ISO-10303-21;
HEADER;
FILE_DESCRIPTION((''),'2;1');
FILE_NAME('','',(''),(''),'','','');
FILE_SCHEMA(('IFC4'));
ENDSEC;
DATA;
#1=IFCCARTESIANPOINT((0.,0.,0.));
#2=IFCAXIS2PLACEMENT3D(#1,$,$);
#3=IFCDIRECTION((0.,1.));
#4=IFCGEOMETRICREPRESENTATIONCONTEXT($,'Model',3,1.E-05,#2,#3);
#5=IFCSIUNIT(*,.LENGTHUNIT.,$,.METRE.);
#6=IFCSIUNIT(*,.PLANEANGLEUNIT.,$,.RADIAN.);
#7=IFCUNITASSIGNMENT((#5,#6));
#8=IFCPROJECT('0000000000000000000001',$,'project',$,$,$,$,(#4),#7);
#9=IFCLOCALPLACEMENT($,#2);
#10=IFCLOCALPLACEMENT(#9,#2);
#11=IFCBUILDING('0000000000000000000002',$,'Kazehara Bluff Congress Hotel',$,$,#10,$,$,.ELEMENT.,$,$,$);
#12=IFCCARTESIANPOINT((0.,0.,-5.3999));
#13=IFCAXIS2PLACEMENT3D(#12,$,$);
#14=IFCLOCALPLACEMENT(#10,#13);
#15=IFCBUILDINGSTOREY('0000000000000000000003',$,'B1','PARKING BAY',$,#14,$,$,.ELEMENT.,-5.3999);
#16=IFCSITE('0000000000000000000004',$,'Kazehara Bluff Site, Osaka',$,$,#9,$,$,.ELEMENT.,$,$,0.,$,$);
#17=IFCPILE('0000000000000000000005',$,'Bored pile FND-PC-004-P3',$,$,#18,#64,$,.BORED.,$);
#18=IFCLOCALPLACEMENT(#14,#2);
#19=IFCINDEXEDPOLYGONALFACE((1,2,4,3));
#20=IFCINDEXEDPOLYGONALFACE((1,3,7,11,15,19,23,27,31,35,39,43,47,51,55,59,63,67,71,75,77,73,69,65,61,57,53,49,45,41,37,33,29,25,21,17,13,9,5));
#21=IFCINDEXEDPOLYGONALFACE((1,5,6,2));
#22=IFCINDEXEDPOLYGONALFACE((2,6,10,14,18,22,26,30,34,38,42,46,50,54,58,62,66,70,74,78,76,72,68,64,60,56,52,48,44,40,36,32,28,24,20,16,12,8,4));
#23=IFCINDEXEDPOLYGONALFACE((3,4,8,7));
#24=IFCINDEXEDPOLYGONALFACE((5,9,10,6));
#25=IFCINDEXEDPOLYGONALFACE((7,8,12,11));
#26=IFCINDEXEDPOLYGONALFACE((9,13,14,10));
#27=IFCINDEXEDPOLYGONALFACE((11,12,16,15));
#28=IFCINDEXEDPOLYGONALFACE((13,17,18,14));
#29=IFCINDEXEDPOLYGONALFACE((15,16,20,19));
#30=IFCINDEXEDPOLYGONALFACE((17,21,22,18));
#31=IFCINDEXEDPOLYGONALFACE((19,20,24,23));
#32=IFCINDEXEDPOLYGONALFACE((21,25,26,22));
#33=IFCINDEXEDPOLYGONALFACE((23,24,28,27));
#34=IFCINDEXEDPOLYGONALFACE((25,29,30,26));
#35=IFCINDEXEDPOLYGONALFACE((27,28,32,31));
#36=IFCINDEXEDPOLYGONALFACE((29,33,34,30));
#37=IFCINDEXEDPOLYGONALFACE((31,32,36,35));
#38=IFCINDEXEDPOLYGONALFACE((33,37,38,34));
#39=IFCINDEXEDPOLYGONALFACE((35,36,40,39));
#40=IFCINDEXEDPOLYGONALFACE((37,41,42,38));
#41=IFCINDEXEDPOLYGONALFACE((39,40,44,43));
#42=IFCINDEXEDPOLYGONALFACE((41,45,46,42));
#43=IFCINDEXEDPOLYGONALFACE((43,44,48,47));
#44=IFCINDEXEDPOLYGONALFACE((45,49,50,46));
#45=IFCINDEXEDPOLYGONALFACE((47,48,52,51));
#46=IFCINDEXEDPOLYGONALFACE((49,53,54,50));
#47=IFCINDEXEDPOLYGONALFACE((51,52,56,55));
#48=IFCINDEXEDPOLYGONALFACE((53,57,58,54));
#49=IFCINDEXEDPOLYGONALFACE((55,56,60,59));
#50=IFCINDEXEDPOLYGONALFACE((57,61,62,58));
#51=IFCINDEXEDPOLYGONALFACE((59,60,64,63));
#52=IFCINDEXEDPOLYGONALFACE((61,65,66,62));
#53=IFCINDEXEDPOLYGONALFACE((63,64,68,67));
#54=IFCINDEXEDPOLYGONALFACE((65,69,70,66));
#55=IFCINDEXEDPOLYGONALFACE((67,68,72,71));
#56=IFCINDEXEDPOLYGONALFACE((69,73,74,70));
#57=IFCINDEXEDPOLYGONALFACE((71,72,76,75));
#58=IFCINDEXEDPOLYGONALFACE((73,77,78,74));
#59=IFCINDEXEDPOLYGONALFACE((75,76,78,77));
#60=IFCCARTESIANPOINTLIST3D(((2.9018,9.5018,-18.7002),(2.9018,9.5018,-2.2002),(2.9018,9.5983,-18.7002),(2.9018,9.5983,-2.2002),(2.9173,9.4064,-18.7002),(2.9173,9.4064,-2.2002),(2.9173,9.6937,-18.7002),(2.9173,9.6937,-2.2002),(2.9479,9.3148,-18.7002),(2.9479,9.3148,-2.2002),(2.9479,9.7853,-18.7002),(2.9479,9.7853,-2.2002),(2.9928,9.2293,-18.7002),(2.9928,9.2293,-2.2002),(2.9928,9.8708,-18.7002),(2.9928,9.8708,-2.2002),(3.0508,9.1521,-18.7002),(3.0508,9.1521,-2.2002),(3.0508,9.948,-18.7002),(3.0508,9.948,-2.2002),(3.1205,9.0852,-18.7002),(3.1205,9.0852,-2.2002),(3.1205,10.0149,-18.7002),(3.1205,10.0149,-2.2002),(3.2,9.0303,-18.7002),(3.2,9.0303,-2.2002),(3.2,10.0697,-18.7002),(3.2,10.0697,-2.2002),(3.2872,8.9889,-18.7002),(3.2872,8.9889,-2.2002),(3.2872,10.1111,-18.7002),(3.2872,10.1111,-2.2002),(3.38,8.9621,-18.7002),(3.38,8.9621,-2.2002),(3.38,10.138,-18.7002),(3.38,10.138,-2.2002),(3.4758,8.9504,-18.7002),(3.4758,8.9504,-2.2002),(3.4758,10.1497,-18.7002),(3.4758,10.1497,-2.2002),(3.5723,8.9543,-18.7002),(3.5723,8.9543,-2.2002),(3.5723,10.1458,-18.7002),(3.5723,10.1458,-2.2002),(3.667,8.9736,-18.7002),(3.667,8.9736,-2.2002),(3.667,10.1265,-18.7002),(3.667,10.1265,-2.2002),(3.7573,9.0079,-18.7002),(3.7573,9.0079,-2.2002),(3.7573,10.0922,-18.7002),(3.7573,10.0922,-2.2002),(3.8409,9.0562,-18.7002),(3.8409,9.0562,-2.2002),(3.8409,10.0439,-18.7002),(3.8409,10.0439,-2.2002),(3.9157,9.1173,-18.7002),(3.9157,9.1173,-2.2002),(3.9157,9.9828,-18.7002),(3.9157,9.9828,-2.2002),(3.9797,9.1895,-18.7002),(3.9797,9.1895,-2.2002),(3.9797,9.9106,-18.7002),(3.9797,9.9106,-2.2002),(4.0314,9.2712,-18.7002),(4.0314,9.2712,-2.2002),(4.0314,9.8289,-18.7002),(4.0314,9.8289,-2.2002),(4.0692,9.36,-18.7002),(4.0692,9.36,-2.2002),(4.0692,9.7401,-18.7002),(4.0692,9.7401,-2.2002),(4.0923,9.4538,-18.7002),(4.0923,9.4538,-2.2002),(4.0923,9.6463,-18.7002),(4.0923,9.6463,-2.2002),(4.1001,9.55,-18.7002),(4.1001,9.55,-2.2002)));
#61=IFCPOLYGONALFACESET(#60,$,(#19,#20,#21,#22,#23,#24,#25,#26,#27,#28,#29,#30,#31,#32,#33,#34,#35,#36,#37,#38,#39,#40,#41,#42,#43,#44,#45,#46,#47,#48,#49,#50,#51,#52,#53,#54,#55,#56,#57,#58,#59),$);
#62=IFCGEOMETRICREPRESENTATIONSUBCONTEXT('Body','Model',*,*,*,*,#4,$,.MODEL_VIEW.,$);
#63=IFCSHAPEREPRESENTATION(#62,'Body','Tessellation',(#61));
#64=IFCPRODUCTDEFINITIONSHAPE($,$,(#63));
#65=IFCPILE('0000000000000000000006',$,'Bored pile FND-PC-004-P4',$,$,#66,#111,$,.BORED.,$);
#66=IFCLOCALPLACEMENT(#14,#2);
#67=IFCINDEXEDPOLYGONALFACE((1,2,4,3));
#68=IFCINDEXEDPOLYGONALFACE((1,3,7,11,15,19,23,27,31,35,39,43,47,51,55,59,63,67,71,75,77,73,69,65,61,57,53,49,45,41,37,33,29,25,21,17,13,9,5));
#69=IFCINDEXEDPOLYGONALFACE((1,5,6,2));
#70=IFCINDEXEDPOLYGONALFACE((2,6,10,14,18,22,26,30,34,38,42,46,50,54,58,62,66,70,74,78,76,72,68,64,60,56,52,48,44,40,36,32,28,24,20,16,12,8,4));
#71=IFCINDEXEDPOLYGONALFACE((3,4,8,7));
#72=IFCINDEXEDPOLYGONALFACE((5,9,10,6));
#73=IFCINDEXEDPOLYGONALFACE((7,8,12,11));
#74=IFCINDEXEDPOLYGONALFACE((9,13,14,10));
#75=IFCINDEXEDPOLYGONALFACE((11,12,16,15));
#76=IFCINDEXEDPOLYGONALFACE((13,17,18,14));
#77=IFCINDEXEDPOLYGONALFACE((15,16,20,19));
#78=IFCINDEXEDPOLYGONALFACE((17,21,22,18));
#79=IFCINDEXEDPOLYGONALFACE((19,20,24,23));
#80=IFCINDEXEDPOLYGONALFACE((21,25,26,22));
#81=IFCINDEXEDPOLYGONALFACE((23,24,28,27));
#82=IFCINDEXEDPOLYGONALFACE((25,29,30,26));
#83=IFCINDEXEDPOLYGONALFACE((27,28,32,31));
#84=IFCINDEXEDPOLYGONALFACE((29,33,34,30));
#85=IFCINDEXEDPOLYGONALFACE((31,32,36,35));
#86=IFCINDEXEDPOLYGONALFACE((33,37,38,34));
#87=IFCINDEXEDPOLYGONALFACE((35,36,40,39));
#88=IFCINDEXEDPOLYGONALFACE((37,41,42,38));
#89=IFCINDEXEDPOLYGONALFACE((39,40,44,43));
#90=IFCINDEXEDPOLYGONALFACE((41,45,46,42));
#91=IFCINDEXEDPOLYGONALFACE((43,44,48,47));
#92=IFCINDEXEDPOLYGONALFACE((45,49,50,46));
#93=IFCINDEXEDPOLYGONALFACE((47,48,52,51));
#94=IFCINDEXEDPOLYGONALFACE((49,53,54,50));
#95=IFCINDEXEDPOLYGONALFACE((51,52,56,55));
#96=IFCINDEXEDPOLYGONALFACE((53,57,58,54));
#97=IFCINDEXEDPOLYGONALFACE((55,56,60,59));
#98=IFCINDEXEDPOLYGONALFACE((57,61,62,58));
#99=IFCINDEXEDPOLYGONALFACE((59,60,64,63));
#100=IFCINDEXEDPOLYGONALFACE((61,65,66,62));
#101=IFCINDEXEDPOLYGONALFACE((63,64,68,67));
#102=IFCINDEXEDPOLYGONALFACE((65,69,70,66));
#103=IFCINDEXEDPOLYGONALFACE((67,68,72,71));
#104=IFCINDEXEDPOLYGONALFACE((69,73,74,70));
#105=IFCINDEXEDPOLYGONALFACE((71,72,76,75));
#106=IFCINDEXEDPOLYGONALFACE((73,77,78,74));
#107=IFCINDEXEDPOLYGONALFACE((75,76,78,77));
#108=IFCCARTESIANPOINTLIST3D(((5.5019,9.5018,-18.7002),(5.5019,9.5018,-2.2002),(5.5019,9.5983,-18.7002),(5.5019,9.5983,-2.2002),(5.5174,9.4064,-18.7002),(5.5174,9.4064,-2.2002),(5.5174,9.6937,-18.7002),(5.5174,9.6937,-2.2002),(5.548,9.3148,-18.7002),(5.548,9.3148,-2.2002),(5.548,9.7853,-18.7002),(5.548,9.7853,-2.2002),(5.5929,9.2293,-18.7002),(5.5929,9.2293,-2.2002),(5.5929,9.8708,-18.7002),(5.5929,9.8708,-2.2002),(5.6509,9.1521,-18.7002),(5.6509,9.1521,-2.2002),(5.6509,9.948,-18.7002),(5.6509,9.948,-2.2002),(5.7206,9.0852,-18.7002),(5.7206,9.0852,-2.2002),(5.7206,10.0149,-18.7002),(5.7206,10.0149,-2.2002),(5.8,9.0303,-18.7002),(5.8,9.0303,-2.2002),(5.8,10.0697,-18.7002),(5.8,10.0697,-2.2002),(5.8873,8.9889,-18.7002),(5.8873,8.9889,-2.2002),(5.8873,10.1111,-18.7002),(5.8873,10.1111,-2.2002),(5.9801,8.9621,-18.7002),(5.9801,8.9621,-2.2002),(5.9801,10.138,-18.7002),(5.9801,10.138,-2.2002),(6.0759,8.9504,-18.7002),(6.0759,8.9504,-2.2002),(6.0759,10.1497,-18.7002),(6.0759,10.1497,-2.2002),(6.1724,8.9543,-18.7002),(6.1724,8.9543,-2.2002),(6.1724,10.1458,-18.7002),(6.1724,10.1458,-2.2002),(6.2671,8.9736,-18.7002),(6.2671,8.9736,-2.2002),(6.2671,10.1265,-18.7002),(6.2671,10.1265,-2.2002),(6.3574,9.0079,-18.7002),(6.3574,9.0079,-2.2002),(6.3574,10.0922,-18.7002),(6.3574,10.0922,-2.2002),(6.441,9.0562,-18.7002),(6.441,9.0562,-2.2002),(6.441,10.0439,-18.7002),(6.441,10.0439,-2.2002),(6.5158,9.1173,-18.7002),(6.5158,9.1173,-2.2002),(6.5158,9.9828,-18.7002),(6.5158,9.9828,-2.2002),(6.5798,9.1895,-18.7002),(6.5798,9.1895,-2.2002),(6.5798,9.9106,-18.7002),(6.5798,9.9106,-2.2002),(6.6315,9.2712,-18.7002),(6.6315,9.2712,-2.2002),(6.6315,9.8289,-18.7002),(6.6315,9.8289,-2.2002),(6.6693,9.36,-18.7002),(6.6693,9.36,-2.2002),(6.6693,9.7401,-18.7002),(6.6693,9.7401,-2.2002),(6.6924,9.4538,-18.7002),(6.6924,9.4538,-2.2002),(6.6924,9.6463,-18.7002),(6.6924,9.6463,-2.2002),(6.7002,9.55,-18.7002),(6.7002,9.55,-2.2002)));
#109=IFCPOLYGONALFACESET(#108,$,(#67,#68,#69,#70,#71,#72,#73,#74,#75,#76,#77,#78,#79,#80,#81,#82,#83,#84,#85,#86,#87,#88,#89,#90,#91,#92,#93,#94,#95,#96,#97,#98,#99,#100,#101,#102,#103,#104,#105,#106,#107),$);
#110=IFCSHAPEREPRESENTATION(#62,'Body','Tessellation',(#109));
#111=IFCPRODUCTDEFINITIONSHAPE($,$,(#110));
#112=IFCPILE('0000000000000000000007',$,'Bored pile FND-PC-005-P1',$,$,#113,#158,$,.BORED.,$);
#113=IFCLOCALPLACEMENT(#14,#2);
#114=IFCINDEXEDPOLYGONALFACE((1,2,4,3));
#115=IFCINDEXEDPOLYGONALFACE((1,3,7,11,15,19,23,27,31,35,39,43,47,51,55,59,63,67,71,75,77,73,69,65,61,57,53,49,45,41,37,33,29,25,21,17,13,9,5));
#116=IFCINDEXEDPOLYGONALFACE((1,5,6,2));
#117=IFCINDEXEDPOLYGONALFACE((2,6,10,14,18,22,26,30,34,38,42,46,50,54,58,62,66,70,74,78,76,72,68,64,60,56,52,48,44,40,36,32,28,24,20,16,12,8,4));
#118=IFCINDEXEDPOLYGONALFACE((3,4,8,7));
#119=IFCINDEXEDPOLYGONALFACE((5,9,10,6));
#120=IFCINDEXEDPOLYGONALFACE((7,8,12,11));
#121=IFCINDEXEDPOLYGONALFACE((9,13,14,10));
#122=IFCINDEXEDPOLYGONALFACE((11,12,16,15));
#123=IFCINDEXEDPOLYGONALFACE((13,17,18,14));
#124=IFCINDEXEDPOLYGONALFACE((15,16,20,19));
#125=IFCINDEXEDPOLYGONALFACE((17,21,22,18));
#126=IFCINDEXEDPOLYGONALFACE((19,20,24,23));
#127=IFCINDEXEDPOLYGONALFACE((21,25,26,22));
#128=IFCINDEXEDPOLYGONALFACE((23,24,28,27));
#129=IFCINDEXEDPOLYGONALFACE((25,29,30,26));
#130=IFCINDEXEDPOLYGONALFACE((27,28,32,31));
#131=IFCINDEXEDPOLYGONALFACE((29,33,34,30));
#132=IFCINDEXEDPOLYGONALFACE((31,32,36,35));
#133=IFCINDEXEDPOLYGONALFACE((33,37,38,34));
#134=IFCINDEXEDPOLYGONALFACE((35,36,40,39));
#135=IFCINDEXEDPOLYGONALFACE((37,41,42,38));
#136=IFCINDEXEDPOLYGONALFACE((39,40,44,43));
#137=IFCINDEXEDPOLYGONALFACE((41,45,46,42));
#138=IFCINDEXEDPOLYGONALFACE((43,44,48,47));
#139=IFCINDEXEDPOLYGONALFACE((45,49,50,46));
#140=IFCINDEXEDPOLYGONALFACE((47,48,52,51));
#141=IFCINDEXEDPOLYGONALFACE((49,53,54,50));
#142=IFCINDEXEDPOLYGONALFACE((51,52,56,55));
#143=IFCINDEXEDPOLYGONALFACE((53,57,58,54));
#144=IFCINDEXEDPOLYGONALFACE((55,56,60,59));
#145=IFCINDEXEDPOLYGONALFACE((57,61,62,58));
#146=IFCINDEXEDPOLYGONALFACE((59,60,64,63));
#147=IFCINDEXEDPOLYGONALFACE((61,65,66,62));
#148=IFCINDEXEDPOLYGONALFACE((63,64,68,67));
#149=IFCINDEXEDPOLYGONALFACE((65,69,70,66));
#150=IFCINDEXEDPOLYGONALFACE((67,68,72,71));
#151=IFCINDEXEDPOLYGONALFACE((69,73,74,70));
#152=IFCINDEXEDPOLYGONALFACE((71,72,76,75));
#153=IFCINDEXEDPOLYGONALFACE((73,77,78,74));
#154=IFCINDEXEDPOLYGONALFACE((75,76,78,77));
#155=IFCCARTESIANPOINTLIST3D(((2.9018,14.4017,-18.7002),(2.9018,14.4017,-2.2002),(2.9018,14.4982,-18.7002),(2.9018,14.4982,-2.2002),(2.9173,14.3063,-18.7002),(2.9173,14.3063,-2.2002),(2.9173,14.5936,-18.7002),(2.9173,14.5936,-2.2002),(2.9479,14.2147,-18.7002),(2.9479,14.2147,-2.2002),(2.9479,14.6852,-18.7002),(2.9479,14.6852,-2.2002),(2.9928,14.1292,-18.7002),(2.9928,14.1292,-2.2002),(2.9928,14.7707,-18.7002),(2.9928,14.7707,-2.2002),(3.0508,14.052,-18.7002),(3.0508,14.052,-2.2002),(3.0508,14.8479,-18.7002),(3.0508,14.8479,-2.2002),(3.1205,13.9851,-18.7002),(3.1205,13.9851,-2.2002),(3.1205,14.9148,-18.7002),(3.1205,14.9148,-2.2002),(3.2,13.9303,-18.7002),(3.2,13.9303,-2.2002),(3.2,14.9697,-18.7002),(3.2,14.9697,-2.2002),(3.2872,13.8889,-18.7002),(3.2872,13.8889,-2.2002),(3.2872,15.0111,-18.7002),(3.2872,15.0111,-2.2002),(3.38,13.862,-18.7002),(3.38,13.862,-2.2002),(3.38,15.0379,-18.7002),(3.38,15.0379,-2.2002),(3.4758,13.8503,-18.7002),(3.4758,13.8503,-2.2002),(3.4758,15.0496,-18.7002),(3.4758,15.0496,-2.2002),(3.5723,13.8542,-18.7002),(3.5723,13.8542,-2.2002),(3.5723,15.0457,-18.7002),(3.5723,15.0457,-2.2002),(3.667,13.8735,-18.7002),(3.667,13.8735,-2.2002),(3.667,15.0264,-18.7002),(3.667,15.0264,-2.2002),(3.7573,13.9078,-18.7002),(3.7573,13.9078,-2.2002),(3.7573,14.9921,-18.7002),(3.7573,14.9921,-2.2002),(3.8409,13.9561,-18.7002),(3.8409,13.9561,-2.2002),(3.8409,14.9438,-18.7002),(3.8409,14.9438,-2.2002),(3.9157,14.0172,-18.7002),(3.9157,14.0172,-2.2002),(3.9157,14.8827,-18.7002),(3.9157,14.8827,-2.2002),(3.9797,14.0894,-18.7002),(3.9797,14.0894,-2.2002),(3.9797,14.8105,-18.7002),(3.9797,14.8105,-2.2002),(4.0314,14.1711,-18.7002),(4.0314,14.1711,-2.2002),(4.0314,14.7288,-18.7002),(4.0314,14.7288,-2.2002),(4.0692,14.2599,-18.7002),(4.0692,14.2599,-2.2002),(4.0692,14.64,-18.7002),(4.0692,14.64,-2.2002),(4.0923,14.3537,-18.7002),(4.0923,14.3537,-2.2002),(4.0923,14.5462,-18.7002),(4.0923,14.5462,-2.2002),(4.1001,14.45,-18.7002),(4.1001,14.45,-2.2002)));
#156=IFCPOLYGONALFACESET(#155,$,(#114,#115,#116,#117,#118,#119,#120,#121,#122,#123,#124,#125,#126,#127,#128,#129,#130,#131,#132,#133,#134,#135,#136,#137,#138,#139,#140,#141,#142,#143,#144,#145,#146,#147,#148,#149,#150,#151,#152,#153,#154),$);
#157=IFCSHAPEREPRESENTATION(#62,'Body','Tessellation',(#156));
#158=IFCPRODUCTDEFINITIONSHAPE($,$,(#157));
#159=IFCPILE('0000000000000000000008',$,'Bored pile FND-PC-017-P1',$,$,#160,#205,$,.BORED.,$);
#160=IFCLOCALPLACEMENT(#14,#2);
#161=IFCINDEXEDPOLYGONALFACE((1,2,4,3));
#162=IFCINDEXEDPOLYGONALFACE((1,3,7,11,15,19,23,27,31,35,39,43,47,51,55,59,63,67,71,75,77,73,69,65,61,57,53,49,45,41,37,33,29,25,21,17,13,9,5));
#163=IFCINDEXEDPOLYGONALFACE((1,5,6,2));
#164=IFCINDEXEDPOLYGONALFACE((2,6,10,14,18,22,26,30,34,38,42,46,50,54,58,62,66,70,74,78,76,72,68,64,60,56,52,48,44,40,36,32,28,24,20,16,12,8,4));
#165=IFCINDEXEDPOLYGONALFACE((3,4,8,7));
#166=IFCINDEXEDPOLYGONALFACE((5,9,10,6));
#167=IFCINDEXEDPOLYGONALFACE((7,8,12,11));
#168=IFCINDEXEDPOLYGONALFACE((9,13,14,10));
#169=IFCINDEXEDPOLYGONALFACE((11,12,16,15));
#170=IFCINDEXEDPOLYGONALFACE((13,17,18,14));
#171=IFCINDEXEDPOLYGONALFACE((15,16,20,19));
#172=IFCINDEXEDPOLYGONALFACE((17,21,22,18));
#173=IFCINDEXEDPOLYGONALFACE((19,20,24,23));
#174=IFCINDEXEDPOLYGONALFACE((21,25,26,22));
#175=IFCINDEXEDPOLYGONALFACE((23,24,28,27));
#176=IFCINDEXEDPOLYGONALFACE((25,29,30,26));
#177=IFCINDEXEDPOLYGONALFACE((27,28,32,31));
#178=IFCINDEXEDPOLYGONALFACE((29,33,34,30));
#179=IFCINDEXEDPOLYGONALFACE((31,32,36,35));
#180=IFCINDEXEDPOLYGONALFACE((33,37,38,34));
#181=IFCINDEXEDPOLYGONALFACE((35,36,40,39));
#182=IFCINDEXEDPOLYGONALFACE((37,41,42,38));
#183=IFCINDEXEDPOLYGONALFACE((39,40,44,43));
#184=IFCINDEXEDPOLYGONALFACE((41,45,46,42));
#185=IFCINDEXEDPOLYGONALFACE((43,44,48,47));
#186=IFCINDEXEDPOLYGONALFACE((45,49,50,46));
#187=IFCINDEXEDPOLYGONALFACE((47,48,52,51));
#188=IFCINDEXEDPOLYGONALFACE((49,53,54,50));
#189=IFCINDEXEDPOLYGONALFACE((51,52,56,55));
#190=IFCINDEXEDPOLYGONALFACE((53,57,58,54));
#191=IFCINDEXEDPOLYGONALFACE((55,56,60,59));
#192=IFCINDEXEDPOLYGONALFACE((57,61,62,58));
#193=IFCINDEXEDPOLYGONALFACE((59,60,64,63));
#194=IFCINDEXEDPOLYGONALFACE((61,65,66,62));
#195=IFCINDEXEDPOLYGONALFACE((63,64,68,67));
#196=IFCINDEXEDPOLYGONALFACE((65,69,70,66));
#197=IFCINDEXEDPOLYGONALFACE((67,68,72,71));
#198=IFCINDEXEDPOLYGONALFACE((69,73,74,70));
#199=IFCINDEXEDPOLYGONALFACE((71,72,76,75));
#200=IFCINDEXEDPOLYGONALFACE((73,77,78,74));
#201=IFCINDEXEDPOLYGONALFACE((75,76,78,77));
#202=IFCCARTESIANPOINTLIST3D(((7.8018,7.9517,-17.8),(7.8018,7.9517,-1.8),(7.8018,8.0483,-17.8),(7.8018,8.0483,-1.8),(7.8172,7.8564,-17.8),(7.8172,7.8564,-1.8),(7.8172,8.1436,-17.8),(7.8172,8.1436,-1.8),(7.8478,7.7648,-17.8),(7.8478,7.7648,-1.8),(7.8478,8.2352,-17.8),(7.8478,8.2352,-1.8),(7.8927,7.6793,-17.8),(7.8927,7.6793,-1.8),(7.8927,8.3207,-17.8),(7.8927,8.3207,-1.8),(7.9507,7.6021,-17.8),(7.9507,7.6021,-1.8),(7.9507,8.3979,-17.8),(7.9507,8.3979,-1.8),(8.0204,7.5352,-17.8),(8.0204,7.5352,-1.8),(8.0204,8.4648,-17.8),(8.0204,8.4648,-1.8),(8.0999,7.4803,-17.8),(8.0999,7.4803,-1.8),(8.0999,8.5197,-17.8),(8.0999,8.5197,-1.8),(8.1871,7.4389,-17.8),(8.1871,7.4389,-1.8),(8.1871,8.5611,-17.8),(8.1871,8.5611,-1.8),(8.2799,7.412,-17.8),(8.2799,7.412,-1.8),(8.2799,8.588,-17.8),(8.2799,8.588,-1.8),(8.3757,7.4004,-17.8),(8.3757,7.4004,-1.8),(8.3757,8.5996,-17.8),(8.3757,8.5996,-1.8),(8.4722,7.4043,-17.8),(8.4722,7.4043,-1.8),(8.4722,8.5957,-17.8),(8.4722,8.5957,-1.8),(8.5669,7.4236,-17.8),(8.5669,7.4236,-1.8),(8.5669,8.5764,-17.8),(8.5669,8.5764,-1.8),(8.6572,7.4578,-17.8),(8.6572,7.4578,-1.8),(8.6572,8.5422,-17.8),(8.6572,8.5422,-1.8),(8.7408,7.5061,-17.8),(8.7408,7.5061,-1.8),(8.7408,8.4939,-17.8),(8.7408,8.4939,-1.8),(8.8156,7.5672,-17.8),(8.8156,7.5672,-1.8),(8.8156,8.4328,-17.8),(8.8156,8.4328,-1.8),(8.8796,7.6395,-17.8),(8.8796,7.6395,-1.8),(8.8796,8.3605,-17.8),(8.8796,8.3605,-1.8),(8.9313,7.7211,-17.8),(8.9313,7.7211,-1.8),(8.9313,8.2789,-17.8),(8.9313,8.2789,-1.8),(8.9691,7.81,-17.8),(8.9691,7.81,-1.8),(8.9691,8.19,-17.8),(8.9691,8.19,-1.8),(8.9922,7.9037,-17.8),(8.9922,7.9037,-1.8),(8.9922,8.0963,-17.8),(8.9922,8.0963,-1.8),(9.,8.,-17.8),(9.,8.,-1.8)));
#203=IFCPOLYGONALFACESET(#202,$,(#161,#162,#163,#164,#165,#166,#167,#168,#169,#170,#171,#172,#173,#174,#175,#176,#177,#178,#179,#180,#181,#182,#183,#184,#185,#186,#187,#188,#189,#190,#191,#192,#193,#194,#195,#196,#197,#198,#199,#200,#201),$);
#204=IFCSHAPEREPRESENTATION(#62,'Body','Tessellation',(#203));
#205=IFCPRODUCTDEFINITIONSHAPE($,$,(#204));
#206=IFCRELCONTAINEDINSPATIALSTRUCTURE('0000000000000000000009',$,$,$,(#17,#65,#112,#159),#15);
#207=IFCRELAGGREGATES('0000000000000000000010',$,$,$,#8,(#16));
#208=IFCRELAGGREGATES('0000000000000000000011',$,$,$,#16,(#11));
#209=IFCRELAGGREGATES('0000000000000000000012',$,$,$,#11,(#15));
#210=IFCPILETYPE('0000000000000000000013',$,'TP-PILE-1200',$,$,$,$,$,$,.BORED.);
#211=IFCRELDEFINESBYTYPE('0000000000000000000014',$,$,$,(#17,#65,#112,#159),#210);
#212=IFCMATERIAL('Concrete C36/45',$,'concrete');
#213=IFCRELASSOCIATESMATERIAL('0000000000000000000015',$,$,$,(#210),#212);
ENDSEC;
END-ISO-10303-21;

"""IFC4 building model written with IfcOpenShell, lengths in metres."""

from ifc_helpers import new_model, si_unit, direction, frame, origin, origin_2d, place, context, subcontext, project, spatial, circle, extrude, material, material_profile, profile_set, type_object, element, save


model = new_model("IFC4")

# Units and contexts
model_context = context("Model", 3, precision=1e-05, world=origin(), true_north=direction((0.0, 1.0)))
body_context = subcontext(model_context, "Body", "Model", "MODEL_VIEW")
ifc_project = project(units=[si_unit("LENGTHUNIT", "METRE"), si_unit("PLANEANGLEUNIT", "RADIAN")], contexts=[model_context])

# Site, building, storey
site_placement = place(None, origin())
site = spatial("IfcSite", under=ifc_project, at=site_placement, Name="Kazehara Bluff Site, Osaka", CompositionType="ELEMENT", RefElevation=0.0)
building_placement = place(site_placement, origin())
building = spatial("IfcBuilding", under=site, at=building_placement, Name="Kazehara Bluff Congress Hotel", CompositionType="ELEMENT")
storey_placement = place(building_placement, frame((0.0, 0.0, -5.3999)))
storey = spatial("IfcBuildingStorey", under=building, at=storey_placement, Name="B1", Description="PARKING BAY", CompositionType="ELEMENT", Elevation=-5.3999)

# Piles
ifc_material_1 = material(Name="Concrete C36/45", Category="concrete")
ifc_material_profile_1 = material_profile(ifc_material_1, circle(Radius=0.6001, at=origin_2d()))
ifc_profile_set_1 = profile_set([ifc_material_profile_1], Name="Concrete C36/45")
pile_type = type_object("IfcPileType", Name="TP-PILE-1200", PredefinedType="BORED", material=ifc_profile_set_1)
for number, where, z_axis, x_axis, name in (
    (1, (3.5, 9.55, -2.2002), (0.0, 0.0, -1.0), (1.0, 0.0, 0.0), "Bored pile FND-PC-004-P3"),
    (2, (6.1001, 9.55, -2.2002), (0.0, 0.0, -1.0), (1.0, 0.0, 0.0), "Bored pile FND-PC-004-P4"),
    (3, (3.5, 14.45, -2.2002), (0.0, 0.0, -1.0), (1.0, 0.0, 0.0), "Bored pile FND-PC-005-P1"),
):
    element("IfcPile", number, at=place(storey_placement, frame(where, z_axis=z_axis, x_axis=x_axis)), inside=storey, type_object=pile_type, Name=name, PredefinedType="BORED", context=body_context, shape_type="SweptSolid", body=[
        extrude(circle(Radius=0.6001, at=origin_2d()), origin(), (0.0, 0.0, 1.0), 16.5),
    ])
for number, where, z_axis, x_axis, name in (
    (4, (8.3999, 8.0, -1.8), (0.0, 0.0, -1.0), (1.0, 0.0, 0.0), "Bored pile FND-PC-017-P1"),
):
    element("IfcPile", number, at=place(storey_placement, frame(where, z_axis=z_axis, x_axis=x_axis)), inside=storey, type_object=pile_type, Name=name, PredefinedType="BORED", context=body_context, shape_type="SweptSolid", body=[
        extrude(circle(Radius=0.6001, at=origin_2d()), origin(), (0.0, 0.0, 1.0), 16.0),
    ])

save(model, "model.ifc")
